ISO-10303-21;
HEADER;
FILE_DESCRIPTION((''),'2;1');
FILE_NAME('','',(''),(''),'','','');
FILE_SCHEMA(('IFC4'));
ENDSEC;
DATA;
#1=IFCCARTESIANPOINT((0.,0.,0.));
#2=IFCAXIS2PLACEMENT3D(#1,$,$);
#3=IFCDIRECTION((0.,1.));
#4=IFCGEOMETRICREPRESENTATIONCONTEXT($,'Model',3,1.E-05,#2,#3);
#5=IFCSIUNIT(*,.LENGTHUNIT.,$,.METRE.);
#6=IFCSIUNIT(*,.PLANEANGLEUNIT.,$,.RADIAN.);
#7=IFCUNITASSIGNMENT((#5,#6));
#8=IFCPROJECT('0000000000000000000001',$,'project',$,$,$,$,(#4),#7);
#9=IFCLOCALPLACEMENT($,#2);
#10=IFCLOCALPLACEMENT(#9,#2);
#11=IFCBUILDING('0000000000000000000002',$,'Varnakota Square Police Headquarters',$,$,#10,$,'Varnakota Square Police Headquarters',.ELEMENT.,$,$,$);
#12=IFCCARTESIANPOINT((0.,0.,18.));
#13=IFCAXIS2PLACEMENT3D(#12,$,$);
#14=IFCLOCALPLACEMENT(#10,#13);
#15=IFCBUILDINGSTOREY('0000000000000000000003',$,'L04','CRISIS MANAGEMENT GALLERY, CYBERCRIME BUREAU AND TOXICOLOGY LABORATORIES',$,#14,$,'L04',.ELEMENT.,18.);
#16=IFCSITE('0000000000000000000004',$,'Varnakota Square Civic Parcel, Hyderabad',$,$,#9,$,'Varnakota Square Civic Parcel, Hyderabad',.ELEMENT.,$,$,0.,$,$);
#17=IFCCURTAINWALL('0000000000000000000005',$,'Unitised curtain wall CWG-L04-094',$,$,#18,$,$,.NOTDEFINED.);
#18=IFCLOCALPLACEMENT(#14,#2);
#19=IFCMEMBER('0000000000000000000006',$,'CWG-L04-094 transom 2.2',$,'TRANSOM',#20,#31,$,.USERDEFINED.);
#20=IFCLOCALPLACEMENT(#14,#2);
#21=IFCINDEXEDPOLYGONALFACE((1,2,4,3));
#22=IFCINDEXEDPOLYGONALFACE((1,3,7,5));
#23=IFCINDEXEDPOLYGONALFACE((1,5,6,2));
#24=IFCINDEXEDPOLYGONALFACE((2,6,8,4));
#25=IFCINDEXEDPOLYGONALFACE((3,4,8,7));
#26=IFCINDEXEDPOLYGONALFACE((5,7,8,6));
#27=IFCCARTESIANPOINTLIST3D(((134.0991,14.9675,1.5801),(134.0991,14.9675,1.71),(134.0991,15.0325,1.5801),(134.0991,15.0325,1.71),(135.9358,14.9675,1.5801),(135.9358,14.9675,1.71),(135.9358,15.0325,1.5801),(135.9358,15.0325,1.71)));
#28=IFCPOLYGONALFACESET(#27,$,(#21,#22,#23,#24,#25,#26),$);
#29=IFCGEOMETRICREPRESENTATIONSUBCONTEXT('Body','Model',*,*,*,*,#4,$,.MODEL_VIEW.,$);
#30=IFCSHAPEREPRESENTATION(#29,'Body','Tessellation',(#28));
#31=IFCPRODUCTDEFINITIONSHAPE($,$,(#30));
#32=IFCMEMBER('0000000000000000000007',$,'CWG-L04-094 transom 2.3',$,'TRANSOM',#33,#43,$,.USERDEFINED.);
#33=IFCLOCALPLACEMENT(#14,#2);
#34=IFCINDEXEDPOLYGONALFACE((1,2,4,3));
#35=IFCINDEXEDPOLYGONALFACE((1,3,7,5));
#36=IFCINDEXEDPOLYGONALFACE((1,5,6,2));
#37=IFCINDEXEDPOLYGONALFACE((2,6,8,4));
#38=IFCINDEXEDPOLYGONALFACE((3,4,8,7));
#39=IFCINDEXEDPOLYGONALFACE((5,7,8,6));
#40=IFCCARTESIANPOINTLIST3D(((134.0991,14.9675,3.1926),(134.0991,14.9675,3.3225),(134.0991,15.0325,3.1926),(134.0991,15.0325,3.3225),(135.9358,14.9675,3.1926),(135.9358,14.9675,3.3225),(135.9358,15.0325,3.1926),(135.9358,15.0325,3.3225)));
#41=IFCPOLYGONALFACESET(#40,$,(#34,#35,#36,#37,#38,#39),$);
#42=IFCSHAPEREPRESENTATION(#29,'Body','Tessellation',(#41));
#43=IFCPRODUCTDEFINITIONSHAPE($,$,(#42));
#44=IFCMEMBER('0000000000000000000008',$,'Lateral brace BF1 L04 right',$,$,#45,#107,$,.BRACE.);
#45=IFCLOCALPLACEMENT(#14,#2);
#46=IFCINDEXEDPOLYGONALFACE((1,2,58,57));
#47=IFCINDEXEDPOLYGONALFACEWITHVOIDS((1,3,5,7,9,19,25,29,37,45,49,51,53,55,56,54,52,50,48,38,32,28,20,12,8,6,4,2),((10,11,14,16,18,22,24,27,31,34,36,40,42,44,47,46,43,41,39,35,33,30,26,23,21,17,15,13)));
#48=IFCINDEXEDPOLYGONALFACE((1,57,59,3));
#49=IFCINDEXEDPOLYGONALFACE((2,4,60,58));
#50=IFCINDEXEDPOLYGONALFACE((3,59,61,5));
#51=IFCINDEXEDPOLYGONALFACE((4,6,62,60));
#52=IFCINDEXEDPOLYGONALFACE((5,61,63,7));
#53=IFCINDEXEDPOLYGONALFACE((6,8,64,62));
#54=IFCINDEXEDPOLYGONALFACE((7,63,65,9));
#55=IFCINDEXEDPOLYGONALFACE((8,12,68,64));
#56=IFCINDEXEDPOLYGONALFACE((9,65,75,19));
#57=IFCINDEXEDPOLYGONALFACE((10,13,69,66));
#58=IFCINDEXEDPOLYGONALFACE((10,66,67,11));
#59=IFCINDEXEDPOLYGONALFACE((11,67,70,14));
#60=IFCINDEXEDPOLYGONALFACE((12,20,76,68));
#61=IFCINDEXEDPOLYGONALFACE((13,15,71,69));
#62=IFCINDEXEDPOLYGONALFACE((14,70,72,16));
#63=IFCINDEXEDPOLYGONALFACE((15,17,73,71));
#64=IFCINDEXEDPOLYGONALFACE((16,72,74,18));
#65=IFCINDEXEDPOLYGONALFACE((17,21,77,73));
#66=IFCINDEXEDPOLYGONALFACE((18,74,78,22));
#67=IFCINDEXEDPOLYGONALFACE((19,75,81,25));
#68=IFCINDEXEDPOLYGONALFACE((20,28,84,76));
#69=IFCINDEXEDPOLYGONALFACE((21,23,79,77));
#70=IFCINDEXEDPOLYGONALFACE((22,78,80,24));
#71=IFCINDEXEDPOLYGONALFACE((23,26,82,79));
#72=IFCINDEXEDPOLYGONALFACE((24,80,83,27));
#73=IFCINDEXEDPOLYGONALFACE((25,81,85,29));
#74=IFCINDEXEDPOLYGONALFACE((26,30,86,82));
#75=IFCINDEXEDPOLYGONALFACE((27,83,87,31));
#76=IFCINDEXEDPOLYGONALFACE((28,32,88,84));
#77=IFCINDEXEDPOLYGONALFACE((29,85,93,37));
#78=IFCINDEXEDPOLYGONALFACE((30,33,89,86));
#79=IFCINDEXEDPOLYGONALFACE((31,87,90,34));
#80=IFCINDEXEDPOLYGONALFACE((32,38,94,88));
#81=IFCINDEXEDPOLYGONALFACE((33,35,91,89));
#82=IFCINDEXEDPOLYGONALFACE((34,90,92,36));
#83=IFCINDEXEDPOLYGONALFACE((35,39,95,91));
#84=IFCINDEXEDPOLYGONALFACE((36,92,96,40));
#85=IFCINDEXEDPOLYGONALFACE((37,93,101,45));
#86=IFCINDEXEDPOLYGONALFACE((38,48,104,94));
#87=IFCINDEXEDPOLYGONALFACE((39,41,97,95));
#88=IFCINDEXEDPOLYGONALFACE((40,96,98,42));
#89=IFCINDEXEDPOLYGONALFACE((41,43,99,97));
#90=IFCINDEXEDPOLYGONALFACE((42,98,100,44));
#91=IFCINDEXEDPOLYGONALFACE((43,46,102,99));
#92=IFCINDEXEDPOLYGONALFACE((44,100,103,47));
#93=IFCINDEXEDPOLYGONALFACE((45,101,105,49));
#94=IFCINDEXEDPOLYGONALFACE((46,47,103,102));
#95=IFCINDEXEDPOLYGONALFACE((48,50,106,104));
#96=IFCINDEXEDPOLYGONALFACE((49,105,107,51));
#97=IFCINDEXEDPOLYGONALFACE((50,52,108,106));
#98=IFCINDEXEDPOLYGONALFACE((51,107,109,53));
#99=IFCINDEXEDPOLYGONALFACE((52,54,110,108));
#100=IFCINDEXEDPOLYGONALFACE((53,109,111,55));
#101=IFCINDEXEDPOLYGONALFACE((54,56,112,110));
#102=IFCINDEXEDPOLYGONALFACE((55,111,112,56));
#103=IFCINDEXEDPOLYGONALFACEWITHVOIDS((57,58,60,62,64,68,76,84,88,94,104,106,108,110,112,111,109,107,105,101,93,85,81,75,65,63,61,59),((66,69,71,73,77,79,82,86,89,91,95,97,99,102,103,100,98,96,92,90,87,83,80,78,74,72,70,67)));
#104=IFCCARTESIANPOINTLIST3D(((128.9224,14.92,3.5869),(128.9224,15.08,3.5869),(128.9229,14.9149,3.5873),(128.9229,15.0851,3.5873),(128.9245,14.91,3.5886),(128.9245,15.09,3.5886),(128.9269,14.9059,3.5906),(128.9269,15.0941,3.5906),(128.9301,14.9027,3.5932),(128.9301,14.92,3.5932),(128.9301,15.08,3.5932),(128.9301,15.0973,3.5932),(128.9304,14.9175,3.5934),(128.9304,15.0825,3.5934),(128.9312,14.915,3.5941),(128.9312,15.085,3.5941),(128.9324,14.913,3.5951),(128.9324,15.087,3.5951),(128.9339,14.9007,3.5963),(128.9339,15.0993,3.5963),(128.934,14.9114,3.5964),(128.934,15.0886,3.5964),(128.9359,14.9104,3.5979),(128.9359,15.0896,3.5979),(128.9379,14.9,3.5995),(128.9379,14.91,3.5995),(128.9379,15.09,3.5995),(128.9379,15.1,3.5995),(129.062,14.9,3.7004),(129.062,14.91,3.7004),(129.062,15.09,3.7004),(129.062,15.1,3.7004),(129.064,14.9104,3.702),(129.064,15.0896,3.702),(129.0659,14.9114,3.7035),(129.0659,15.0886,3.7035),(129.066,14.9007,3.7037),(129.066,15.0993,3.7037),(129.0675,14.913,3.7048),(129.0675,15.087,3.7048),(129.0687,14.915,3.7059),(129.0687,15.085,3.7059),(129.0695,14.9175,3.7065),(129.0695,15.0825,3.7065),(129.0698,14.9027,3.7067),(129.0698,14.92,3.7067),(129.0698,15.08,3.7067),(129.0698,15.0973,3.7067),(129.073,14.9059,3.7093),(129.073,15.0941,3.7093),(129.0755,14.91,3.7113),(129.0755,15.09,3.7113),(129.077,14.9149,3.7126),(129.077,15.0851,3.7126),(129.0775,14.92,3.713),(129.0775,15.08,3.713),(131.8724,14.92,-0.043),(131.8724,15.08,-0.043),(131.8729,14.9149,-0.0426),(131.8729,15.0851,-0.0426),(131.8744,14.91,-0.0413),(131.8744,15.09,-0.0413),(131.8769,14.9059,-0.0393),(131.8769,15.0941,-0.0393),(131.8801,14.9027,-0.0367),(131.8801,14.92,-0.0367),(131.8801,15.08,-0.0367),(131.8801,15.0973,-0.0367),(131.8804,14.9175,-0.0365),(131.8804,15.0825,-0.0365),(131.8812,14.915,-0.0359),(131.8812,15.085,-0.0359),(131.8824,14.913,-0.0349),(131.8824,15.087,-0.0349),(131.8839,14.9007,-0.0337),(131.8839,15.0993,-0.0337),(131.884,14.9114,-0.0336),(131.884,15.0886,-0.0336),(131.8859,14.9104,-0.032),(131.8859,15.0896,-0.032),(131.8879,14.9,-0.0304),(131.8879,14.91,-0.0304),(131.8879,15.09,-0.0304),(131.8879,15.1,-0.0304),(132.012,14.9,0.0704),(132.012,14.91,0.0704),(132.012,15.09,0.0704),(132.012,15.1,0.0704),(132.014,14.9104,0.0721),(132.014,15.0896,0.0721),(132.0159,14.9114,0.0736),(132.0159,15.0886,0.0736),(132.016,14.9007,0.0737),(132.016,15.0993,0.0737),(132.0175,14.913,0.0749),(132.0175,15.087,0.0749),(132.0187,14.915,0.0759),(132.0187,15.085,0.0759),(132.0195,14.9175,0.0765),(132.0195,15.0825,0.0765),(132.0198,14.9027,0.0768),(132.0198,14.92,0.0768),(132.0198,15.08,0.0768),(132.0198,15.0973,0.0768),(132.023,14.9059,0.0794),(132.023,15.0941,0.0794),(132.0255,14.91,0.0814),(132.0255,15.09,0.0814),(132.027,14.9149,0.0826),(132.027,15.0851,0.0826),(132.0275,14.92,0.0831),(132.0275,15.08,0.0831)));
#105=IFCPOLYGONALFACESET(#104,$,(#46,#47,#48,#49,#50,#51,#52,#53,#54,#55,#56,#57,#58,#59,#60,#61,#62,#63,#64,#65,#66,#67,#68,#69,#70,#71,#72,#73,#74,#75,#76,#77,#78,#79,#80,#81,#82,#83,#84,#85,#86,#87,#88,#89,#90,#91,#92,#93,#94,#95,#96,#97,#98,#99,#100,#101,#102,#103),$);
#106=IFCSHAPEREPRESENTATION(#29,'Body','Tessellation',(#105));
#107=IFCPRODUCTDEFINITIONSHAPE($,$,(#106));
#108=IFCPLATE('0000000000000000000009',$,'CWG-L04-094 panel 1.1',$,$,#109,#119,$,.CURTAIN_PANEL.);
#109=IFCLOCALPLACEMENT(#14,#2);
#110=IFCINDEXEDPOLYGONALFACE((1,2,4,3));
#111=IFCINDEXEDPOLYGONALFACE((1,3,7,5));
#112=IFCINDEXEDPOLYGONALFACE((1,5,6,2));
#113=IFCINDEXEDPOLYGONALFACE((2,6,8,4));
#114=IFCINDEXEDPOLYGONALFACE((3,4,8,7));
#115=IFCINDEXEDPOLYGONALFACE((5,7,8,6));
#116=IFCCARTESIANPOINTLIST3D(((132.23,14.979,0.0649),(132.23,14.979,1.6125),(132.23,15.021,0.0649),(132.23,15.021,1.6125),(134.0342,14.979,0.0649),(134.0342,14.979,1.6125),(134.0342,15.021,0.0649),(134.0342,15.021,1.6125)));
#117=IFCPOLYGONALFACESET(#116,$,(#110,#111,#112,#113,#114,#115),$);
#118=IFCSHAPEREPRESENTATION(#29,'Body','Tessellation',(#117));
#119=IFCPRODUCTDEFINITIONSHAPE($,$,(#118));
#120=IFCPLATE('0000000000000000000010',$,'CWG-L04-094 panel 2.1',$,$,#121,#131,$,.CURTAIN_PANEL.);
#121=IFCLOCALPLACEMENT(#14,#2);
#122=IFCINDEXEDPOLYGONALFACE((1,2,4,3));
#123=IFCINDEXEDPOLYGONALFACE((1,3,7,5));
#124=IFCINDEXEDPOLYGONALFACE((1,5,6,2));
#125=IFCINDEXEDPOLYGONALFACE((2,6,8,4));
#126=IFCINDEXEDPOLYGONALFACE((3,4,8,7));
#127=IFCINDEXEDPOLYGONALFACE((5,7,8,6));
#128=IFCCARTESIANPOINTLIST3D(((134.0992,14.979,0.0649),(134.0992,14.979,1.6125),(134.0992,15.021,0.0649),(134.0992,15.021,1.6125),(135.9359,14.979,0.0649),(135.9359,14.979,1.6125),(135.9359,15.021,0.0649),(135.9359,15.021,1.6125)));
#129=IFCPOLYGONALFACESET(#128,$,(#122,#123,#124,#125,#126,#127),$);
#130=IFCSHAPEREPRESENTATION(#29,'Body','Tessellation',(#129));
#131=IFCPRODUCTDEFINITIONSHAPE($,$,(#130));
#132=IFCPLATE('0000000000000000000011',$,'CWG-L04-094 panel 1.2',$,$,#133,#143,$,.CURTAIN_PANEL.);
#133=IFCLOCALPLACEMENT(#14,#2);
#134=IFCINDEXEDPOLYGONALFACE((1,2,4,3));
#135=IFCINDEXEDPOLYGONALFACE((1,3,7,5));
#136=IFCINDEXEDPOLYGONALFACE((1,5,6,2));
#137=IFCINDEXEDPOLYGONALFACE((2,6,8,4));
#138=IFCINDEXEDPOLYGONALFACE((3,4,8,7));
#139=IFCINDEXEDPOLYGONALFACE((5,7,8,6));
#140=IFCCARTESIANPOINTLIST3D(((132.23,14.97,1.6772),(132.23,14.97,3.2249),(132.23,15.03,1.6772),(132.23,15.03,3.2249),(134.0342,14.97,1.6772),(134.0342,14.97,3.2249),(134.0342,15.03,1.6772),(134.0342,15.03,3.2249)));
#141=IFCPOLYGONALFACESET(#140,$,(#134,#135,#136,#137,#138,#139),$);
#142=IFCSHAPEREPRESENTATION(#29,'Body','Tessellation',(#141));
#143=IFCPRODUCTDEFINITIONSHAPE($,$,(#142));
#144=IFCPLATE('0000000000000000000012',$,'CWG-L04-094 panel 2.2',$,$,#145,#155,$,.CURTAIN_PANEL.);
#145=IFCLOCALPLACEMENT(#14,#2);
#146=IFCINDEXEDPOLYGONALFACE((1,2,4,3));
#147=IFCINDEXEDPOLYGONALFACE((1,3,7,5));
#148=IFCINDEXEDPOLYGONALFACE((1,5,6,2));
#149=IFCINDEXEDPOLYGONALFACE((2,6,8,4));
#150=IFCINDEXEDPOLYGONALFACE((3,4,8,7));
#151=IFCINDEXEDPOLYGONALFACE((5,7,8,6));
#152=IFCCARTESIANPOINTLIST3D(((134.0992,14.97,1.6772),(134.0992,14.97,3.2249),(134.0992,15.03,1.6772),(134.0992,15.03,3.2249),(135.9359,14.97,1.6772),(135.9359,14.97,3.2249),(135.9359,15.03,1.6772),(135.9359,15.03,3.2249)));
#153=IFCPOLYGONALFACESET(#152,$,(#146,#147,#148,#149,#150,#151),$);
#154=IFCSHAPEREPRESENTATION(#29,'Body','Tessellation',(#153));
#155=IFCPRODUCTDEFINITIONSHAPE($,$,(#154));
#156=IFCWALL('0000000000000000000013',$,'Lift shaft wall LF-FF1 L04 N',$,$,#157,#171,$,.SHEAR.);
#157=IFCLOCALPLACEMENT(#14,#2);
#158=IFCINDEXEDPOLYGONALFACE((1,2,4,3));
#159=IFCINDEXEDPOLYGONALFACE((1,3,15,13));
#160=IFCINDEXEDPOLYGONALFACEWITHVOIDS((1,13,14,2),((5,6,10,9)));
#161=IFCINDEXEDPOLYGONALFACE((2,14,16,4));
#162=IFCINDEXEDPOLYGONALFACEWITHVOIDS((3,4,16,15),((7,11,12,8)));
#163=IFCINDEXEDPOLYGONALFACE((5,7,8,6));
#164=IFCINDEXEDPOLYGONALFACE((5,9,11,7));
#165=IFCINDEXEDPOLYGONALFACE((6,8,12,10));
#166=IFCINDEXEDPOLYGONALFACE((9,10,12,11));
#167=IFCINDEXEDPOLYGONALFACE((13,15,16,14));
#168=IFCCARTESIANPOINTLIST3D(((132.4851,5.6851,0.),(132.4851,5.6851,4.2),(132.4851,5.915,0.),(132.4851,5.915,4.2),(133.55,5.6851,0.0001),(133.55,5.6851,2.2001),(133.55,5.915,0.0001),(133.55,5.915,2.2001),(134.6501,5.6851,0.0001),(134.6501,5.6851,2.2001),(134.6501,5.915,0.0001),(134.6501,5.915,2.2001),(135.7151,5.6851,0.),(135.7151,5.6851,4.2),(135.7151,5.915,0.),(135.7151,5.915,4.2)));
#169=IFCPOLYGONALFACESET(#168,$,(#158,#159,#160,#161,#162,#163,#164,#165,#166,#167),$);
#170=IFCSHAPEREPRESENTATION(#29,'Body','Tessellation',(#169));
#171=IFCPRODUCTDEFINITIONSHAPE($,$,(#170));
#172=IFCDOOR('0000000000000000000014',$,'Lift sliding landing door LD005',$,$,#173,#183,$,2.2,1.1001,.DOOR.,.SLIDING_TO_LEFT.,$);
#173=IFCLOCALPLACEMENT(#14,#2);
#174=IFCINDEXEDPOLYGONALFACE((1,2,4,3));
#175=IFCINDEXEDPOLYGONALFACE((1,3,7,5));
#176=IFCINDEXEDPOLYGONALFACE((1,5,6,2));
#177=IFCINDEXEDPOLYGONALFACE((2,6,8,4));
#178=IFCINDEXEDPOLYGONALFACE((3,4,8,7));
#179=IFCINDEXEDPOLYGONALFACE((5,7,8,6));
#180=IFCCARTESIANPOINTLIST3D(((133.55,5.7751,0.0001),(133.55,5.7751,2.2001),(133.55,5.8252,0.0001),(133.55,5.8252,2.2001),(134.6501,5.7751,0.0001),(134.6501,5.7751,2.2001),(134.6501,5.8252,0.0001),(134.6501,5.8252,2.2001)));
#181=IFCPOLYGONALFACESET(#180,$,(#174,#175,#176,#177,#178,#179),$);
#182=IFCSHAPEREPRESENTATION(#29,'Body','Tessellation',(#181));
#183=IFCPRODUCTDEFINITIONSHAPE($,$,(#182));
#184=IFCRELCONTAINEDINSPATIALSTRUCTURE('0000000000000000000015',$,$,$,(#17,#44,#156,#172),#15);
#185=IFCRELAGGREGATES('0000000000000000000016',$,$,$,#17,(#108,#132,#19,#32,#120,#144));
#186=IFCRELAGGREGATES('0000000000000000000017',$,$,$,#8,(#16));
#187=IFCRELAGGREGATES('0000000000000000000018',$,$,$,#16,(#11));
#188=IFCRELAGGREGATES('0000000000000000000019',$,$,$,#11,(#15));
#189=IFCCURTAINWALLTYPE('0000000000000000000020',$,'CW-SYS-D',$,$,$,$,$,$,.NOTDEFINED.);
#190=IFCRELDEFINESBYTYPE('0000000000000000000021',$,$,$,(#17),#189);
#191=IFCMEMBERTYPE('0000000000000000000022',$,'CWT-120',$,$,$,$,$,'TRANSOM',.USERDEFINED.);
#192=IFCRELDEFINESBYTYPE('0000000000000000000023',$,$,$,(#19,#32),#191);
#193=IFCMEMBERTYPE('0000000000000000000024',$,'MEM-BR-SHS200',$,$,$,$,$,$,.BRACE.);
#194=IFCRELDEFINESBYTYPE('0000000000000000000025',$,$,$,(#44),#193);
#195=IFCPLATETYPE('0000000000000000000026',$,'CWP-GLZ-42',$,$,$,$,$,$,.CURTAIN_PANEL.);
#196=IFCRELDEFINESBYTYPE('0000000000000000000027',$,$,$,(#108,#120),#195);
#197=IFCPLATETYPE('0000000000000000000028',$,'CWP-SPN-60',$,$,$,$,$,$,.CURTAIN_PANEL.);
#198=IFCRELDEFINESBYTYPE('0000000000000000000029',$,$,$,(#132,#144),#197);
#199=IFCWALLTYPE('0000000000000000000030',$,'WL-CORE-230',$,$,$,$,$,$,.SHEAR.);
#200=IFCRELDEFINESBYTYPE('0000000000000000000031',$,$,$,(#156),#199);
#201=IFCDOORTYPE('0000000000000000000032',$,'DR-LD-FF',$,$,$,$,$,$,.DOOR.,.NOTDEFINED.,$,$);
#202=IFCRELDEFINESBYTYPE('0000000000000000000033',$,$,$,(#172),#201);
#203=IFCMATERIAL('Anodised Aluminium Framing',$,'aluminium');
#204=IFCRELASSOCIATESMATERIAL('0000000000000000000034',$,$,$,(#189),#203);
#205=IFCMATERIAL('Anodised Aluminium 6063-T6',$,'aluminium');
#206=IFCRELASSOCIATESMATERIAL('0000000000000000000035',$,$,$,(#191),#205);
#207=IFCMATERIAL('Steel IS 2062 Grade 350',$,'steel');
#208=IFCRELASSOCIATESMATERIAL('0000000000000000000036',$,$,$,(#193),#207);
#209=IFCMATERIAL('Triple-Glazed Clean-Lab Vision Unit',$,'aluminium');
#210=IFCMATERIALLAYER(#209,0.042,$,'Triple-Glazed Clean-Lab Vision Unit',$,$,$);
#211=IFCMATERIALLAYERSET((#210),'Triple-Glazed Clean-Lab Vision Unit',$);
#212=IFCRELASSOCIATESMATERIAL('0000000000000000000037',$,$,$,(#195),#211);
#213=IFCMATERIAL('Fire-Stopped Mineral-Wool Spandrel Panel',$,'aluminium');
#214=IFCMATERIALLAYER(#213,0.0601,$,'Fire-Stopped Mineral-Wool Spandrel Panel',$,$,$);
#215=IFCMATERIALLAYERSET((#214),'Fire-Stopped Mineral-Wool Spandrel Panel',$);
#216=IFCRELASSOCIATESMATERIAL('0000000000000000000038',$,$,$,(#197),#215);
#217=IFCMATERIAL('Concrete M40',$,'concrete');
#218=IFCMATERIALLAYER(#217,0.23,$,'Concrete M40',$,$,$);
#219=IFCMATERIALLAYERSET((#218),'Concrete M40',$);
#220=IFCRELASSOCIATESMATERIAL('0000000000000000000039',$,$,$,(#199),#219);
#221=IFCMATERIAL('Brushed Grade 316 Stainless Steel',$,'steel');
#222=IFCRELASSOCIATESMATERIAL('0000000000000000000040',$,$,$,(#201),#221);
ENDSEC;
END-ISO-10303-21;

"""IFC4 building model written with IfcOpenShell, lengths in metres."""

from ifc_helpers import new_model, si_unit, direction, frame, frame_2d, origin, origin_2d, place, context, subcontext, project, spatial, rectangle, hollow_rectangle, extrude, material, layer, layer_set, material_profile, profile_set, type_object, element, fill, aggregate, save


model = new_model("IFC4")

# Units and contexts
model_context = context("Model", 3, precision=1e-05, world=origin(), true_north=direction((0.0, 1.0)))
body_context = subcontext(model_context, "Body", "Model", "MODEL_VIEW")
ifc_project = project(units=[si_unit("LENGTHUNIT", "METRE"), si_unit("PLANEANGLEUNIT", "RADIAN")], contexts=[model_context])

# Site, building, storey
site_placement = place(None, origin())
site = spatial("IfcSite", under=ifc_project, at=site_placement, Name="Varnakota Square Civic Parcel, Hyderabad", LongName="Varnakota Square Civic Parcel, Hyderabad", CompositionType="ELEMENT", RefElevation=0.0)
building_placement = place(site_placement, origin())
building = spatial("IfcBuilding", under=site, at=building_placement, Name="Varnakota Square Police Headquarters", LongName="Varnakota Square Police Headquarters", CompositionType="ELEMENT")
storey_placement = place(building_placement, frame((0.0, 0.0, 18.0)))
storey = spatial("IfcBuildingStorey", under=building, at=storey_placement, Name="L04", Description="CRISIS MANAGEMENT GALLERY, CYBERCRIME BUREAU AND TOXICOLOGY LABORATORIES", LongName="L04", CompositionType="ELEMENT", Elevation=18.0)

# Shared definitions
ifc_material_1 = material(Name="Steel IS 2062 Grade 350", Category="steel")

# Curtain wall, members
ifc_material_2 = material(Name="Anodised Aluminium Framing", Category="aluminium")
curtain_wall_type = type_object("IfcCurtainWallType", Name="CW-SYS-D", PredefinedType="NOTDEFINED", material=ifc_material_2)
curtain_wall_placement = place(storey_placement, origin())
curtain_wall = element("IfcCurtainWall", 1, at=curtain_wall_placement, inside=storey, type_object=curtain_wall_type, Name="Unitised curtain wall CWG-L04-094", PredefinedType="NOTDEFINED")
ifc_material_3 = material(Name="Anodised Aluminium 6063-T6", Category="aluminium")
ifc_material_profile_1 = material_profile(ifc_material_3, rectangle(XDim=0.0649, YDim=0.1299, at=origin_2d()), Name="ALU TRANSOM 65x130")
ifc_profile_set_1 = profile_set([ifc_material_profile_1], Name="Anodised Aluminium 6063-T6")
member_type_1 = type_object("IfcMemberType", Name="CWT-120", ElementType="TRANSOM", PredefinedType="USERDEFINED", material=ifc_profile_set_1)
member_1_placement = place(storey_placement, frame((134.0991, 15.0, 1.645), z_axis=(1.0, 0.0, 0.0), x_axis=(0.0, 1.0, 0.0)))
member_1 = element("IfcMember", 2, at=member_1_placement, type_object=member_type_1, Name="CWG-L04-094 transom 2.2", ObjectType="TRANSOM", PredefinedType="USERDEFINED", context=body_context, shape_type="SweptSolid", body=[
    extrude(rectangle(XDim=0.0649, YDim=0.1299, at=origin_2d()), origin(), (0.0, 0.0, 1.0), 1.8367),
])
member_2_placement = place(storey_placement, frame((134.0991, 15.0, 3.2576), z_axis=(1.0, 0.0, 0.0), x_axis=(0.0, 1.0, 0.0)))
member_2 = element("IfcMember", 3, at=member_2_placement, type_object=member_type_1, Name="CWG-L04-094 transom 2.3", ObjectType="TRANSOM", PredefinedType="USERDEFINED", context=body_context, shape_type="SweptSolid", body=[
    extrude(rectangle(XDim=0.0649, YDim=0.1299, at=origin_2d()), origin(), (0.0, 0.0, 1.0), 1.8367),
])

# Member
ifc_material_profile_2 = material_profile(ifc_material_1, hollow_rectangle(XDim=0.2, YDim=0.2, WallThickness=0.01, InnerFilletRadius=0.01, OuterFilletRadius=0.02, at=origin_2d()), Name="SHS 200x200x10")
ifc_profile_set_2 = profile_set([ifc_material_profile_2], Name="Steel IS 2062 Grade 350")
member_type_2 = type_object("IfcMemberType", Name="MEM-BR-SHS200", PredefinedType="BRACE", material=ifc_profile_set_2)
member_3_placement = place(storey_placement, frame((131.95, 15.0, 0.02), z_axis=(-0.630679, 0.0, 0.776044), x_axis=(0.0, -1.0, 0.0)))
element("IfcMember", 4, at=member_3_placement, inside=storey, type_object=member_type_2, Name="Lateral brace BF1 L04 right", PredefinedType="BRACE", context=body_context, shape_type="SweptSolid", body=[
    extrude(hollow_rectangle(XDim=0.2, YDim=0.2, WallThickness=0.01, InnerFilletRadius=0.01, OuterFilletRadius=0.02, at=origin_2d()), origin(), (0.0, 0.0, 1.0), 4.6775),
])

# Plates
ifc_material_4 = material(Name="Triple-Glazed Clean-Lab Vision Unit", Category="aluminium")
ifc_layer_1 = layer(ifc_material_4, 0.042, Name="Triple-Glazed Clean-Lab Vision Unit")
ifc_layer_set_1 = layer_set([ifc_layer_1], Name="Triple-Glazed Clean-Lab Vision Unit")
plate_type_1 = type_object("IfcPlateType", Name="CWP-GLZ-42", PredefinedType="CURTAIN_PANEL", material=ifc_layer_set_1)
plate_1_placement = place(storey_placement, frame((133.1321, 15.0, 0.0649), z_axis=(0.0, 0.0, 1.0), x_axis=(1.0, 0.0, 0.0)))
plate_1 = element("IfcPlate", 5, at=plate_1_placement, type_object=plate_type_1, Name="CWG-L04-094 panel 1.1", PredefinedType="CURTAIN_PANEL", context=body_context, shape_type="SweptSolid", body=[
    extrude(rectangle(XDim=1.8042, YDim=0.042, at=origin_2d()), origin(), (0.0, 0.0, 1.0), 1.5476),
])
plate_2_placement = place(storey_placement, frame((135.0176, 15.0, 0.0649), z_axis=(0.0, 0.0, 1.0), x_axis=(1.0, 0.0, 0.0)))
plate_2 = element("IfcPlate", 6, at=plate_2_placement, type_object=plate_type_1, Name="CWG-L04-094 panel 2.1", PredefinedType="CURTAIN_PANEL", context=body_context, shape_type="SweptSolid", body=[
    extrude(rectangle(XDim=1.8367, YDim=0.042, at=origin_2d()), origin(), (0.0, 0.0, 1.0), 1.5476),
])
ifc_material_5 = material(Name="Fire-Stopped Mineral-Wool Spandrel Panel", Category="aluminium")
ifc_layer_2 = layer(ifc_material_5, 0.0601, Name="Fire-Stopped Mineral-Wool Spandrel Panel")
ifc_layer_set_2 = layer_set([ifc_layer_2], Name="Fire-Stopped Mineral-Wool Spandrel Panel")
plate_type_2 = type_object("IfcPlateType", Name="CWP-SPN-60", PredefinedType="CURTAIN_PANEL", material=ifc_layer_set_2)
plate_3_placement = place(storey_placement, frame((133.1321, 15.0, 1.6772), z_axis=(0.0, 0.0, 1.0), x_axis=(1.0, 0.0, 0.0)))
plate_3 = element("IfcPlate", 7, at=plate_3_placement, type_object=plate_type_2, Name="CWG-L04-094 panel 1.2", PredefinedType="CURTAIN_PANEL", context=body_context, shape_type="SweptSolid", body=[
    extrude(rectangle(XDim=1.8042, YDim=0.0601, at=origin_2d()), origin(), (0.0, 0.0, 1.0), 1.5476),
])
plate_4_placement = place(storey_placement, frame((135.0176, 15.0, 1.6772), z_axis=(0.0, 0.0, 1.0), x_axis=(1.0, 0.0, 0.0)))
plate_4 = element("IfcPlate", 8, at=plate_4_placement, type_object=plate_type_2, Name="CWG-L04-094 panel 2.2", PredefinedType="CURTAIN_PANEL", context=body_context, shape_type="SweptSolid", body=[
    extrude(rectangle(XDim=1.8367, YDim=0.0601, at=origin_2d()), origin(), (0.0, 0.0, 1.0), 1.5476),
])
aggregate(curtain_wall, [plate_1, plate_3, member_1, member_2, plate_2, plate_4])

# Wall, opening, door
ifc_material_6 = material(Name="Concrete M40", Category="concrete")
ifc_layer_3 = layer(ifc_material_6, 0.23, Name="Concrete M40")
ifc_layer_set_3 = layer_set([ifc_layer_3], Name="Concrete M40")
wall_type_1 = type_object("IfcWallType", Name="WL-CORE-230", PredefinedType="SHEAR", material=ifc_layer_set_3)
wall_1_placement = place(storey_placement, frame((135.7151, 5.8, 0.0), z_axis=(0.0, 0.0, 1.0), x_axis=(-1.0, 0.0, 0.0)))
wall_1 = element("IfcWall", 9, at=wall_1_placement, inside=storey, type_object=wall_type_1, Name="Lift shaft wall LF-FF1 L04 N", PredefinedType="SHEAR", context=body_context, shape_type="SweptSolid", body=[
    extrude(rectangle(XDim=3.23, YDim=0.23, at=frame_2d((1.615, 0.0))), origin(), (0.0, 0.0, 1.0), 4.2),
])
opening_1_placement = place(wall_1_placement, frame((1.0649, 0.0, 0.0)))
opening_1 = element("IfcOpeningElement", 10, at=opening_1_placement, cuts=wall_1, PredefinedType="OPENING", context=body_context, shape_type="SweptSolid", body=[
    extrude(rectangle(XDim=1.1001, YDim=2.2, at=frame_2d((0.55, 1.1001))), frame((0.0, 0.125, 0.0), z_axis=(0.0, -1.0, 0.0), x_axis=(1.0, 0.0, 0.0)), (0.0, 0.0, 1.0), 0.25),
])
ifc_material_7 = material(Name="Brushed Grade 316 Stainless Steel", Category="steel")
door_type_1 = type_object("IfcDoorType", Name="DR-LD-FF", OperationType="NOTDEFINED", PredefinedType="DOOR", material=ifc_material_7)
door_1_placement = place(opening_1_placement, origin())
door_1 = element("IfcDoor", 11, at=door_1_placement, inside=storey, type_object=door_type_1, Name="Lift sliding landing door LD005", OperationType="SLIDING_TO_LEFT", OverallHeight=2.2, OverallWidth=1.1001, PredefinedType="DOOR", context=body_context, shape_type="SweptSolid", body=[
    extrude(rectangle(XDim=1.1001, YDim=2.2, at=frame_2d((0.55, 1.1001))), frame((0.0, 0.0249, 0.0), z_axis=(0.0, -1.0, 0.0), x_axis=(1.0, 0.0, 0.0)), (0.0, 0.0, 1.0), 0.05),
])
fill(opening_1, door_1)

save(model, "model.ifc")
